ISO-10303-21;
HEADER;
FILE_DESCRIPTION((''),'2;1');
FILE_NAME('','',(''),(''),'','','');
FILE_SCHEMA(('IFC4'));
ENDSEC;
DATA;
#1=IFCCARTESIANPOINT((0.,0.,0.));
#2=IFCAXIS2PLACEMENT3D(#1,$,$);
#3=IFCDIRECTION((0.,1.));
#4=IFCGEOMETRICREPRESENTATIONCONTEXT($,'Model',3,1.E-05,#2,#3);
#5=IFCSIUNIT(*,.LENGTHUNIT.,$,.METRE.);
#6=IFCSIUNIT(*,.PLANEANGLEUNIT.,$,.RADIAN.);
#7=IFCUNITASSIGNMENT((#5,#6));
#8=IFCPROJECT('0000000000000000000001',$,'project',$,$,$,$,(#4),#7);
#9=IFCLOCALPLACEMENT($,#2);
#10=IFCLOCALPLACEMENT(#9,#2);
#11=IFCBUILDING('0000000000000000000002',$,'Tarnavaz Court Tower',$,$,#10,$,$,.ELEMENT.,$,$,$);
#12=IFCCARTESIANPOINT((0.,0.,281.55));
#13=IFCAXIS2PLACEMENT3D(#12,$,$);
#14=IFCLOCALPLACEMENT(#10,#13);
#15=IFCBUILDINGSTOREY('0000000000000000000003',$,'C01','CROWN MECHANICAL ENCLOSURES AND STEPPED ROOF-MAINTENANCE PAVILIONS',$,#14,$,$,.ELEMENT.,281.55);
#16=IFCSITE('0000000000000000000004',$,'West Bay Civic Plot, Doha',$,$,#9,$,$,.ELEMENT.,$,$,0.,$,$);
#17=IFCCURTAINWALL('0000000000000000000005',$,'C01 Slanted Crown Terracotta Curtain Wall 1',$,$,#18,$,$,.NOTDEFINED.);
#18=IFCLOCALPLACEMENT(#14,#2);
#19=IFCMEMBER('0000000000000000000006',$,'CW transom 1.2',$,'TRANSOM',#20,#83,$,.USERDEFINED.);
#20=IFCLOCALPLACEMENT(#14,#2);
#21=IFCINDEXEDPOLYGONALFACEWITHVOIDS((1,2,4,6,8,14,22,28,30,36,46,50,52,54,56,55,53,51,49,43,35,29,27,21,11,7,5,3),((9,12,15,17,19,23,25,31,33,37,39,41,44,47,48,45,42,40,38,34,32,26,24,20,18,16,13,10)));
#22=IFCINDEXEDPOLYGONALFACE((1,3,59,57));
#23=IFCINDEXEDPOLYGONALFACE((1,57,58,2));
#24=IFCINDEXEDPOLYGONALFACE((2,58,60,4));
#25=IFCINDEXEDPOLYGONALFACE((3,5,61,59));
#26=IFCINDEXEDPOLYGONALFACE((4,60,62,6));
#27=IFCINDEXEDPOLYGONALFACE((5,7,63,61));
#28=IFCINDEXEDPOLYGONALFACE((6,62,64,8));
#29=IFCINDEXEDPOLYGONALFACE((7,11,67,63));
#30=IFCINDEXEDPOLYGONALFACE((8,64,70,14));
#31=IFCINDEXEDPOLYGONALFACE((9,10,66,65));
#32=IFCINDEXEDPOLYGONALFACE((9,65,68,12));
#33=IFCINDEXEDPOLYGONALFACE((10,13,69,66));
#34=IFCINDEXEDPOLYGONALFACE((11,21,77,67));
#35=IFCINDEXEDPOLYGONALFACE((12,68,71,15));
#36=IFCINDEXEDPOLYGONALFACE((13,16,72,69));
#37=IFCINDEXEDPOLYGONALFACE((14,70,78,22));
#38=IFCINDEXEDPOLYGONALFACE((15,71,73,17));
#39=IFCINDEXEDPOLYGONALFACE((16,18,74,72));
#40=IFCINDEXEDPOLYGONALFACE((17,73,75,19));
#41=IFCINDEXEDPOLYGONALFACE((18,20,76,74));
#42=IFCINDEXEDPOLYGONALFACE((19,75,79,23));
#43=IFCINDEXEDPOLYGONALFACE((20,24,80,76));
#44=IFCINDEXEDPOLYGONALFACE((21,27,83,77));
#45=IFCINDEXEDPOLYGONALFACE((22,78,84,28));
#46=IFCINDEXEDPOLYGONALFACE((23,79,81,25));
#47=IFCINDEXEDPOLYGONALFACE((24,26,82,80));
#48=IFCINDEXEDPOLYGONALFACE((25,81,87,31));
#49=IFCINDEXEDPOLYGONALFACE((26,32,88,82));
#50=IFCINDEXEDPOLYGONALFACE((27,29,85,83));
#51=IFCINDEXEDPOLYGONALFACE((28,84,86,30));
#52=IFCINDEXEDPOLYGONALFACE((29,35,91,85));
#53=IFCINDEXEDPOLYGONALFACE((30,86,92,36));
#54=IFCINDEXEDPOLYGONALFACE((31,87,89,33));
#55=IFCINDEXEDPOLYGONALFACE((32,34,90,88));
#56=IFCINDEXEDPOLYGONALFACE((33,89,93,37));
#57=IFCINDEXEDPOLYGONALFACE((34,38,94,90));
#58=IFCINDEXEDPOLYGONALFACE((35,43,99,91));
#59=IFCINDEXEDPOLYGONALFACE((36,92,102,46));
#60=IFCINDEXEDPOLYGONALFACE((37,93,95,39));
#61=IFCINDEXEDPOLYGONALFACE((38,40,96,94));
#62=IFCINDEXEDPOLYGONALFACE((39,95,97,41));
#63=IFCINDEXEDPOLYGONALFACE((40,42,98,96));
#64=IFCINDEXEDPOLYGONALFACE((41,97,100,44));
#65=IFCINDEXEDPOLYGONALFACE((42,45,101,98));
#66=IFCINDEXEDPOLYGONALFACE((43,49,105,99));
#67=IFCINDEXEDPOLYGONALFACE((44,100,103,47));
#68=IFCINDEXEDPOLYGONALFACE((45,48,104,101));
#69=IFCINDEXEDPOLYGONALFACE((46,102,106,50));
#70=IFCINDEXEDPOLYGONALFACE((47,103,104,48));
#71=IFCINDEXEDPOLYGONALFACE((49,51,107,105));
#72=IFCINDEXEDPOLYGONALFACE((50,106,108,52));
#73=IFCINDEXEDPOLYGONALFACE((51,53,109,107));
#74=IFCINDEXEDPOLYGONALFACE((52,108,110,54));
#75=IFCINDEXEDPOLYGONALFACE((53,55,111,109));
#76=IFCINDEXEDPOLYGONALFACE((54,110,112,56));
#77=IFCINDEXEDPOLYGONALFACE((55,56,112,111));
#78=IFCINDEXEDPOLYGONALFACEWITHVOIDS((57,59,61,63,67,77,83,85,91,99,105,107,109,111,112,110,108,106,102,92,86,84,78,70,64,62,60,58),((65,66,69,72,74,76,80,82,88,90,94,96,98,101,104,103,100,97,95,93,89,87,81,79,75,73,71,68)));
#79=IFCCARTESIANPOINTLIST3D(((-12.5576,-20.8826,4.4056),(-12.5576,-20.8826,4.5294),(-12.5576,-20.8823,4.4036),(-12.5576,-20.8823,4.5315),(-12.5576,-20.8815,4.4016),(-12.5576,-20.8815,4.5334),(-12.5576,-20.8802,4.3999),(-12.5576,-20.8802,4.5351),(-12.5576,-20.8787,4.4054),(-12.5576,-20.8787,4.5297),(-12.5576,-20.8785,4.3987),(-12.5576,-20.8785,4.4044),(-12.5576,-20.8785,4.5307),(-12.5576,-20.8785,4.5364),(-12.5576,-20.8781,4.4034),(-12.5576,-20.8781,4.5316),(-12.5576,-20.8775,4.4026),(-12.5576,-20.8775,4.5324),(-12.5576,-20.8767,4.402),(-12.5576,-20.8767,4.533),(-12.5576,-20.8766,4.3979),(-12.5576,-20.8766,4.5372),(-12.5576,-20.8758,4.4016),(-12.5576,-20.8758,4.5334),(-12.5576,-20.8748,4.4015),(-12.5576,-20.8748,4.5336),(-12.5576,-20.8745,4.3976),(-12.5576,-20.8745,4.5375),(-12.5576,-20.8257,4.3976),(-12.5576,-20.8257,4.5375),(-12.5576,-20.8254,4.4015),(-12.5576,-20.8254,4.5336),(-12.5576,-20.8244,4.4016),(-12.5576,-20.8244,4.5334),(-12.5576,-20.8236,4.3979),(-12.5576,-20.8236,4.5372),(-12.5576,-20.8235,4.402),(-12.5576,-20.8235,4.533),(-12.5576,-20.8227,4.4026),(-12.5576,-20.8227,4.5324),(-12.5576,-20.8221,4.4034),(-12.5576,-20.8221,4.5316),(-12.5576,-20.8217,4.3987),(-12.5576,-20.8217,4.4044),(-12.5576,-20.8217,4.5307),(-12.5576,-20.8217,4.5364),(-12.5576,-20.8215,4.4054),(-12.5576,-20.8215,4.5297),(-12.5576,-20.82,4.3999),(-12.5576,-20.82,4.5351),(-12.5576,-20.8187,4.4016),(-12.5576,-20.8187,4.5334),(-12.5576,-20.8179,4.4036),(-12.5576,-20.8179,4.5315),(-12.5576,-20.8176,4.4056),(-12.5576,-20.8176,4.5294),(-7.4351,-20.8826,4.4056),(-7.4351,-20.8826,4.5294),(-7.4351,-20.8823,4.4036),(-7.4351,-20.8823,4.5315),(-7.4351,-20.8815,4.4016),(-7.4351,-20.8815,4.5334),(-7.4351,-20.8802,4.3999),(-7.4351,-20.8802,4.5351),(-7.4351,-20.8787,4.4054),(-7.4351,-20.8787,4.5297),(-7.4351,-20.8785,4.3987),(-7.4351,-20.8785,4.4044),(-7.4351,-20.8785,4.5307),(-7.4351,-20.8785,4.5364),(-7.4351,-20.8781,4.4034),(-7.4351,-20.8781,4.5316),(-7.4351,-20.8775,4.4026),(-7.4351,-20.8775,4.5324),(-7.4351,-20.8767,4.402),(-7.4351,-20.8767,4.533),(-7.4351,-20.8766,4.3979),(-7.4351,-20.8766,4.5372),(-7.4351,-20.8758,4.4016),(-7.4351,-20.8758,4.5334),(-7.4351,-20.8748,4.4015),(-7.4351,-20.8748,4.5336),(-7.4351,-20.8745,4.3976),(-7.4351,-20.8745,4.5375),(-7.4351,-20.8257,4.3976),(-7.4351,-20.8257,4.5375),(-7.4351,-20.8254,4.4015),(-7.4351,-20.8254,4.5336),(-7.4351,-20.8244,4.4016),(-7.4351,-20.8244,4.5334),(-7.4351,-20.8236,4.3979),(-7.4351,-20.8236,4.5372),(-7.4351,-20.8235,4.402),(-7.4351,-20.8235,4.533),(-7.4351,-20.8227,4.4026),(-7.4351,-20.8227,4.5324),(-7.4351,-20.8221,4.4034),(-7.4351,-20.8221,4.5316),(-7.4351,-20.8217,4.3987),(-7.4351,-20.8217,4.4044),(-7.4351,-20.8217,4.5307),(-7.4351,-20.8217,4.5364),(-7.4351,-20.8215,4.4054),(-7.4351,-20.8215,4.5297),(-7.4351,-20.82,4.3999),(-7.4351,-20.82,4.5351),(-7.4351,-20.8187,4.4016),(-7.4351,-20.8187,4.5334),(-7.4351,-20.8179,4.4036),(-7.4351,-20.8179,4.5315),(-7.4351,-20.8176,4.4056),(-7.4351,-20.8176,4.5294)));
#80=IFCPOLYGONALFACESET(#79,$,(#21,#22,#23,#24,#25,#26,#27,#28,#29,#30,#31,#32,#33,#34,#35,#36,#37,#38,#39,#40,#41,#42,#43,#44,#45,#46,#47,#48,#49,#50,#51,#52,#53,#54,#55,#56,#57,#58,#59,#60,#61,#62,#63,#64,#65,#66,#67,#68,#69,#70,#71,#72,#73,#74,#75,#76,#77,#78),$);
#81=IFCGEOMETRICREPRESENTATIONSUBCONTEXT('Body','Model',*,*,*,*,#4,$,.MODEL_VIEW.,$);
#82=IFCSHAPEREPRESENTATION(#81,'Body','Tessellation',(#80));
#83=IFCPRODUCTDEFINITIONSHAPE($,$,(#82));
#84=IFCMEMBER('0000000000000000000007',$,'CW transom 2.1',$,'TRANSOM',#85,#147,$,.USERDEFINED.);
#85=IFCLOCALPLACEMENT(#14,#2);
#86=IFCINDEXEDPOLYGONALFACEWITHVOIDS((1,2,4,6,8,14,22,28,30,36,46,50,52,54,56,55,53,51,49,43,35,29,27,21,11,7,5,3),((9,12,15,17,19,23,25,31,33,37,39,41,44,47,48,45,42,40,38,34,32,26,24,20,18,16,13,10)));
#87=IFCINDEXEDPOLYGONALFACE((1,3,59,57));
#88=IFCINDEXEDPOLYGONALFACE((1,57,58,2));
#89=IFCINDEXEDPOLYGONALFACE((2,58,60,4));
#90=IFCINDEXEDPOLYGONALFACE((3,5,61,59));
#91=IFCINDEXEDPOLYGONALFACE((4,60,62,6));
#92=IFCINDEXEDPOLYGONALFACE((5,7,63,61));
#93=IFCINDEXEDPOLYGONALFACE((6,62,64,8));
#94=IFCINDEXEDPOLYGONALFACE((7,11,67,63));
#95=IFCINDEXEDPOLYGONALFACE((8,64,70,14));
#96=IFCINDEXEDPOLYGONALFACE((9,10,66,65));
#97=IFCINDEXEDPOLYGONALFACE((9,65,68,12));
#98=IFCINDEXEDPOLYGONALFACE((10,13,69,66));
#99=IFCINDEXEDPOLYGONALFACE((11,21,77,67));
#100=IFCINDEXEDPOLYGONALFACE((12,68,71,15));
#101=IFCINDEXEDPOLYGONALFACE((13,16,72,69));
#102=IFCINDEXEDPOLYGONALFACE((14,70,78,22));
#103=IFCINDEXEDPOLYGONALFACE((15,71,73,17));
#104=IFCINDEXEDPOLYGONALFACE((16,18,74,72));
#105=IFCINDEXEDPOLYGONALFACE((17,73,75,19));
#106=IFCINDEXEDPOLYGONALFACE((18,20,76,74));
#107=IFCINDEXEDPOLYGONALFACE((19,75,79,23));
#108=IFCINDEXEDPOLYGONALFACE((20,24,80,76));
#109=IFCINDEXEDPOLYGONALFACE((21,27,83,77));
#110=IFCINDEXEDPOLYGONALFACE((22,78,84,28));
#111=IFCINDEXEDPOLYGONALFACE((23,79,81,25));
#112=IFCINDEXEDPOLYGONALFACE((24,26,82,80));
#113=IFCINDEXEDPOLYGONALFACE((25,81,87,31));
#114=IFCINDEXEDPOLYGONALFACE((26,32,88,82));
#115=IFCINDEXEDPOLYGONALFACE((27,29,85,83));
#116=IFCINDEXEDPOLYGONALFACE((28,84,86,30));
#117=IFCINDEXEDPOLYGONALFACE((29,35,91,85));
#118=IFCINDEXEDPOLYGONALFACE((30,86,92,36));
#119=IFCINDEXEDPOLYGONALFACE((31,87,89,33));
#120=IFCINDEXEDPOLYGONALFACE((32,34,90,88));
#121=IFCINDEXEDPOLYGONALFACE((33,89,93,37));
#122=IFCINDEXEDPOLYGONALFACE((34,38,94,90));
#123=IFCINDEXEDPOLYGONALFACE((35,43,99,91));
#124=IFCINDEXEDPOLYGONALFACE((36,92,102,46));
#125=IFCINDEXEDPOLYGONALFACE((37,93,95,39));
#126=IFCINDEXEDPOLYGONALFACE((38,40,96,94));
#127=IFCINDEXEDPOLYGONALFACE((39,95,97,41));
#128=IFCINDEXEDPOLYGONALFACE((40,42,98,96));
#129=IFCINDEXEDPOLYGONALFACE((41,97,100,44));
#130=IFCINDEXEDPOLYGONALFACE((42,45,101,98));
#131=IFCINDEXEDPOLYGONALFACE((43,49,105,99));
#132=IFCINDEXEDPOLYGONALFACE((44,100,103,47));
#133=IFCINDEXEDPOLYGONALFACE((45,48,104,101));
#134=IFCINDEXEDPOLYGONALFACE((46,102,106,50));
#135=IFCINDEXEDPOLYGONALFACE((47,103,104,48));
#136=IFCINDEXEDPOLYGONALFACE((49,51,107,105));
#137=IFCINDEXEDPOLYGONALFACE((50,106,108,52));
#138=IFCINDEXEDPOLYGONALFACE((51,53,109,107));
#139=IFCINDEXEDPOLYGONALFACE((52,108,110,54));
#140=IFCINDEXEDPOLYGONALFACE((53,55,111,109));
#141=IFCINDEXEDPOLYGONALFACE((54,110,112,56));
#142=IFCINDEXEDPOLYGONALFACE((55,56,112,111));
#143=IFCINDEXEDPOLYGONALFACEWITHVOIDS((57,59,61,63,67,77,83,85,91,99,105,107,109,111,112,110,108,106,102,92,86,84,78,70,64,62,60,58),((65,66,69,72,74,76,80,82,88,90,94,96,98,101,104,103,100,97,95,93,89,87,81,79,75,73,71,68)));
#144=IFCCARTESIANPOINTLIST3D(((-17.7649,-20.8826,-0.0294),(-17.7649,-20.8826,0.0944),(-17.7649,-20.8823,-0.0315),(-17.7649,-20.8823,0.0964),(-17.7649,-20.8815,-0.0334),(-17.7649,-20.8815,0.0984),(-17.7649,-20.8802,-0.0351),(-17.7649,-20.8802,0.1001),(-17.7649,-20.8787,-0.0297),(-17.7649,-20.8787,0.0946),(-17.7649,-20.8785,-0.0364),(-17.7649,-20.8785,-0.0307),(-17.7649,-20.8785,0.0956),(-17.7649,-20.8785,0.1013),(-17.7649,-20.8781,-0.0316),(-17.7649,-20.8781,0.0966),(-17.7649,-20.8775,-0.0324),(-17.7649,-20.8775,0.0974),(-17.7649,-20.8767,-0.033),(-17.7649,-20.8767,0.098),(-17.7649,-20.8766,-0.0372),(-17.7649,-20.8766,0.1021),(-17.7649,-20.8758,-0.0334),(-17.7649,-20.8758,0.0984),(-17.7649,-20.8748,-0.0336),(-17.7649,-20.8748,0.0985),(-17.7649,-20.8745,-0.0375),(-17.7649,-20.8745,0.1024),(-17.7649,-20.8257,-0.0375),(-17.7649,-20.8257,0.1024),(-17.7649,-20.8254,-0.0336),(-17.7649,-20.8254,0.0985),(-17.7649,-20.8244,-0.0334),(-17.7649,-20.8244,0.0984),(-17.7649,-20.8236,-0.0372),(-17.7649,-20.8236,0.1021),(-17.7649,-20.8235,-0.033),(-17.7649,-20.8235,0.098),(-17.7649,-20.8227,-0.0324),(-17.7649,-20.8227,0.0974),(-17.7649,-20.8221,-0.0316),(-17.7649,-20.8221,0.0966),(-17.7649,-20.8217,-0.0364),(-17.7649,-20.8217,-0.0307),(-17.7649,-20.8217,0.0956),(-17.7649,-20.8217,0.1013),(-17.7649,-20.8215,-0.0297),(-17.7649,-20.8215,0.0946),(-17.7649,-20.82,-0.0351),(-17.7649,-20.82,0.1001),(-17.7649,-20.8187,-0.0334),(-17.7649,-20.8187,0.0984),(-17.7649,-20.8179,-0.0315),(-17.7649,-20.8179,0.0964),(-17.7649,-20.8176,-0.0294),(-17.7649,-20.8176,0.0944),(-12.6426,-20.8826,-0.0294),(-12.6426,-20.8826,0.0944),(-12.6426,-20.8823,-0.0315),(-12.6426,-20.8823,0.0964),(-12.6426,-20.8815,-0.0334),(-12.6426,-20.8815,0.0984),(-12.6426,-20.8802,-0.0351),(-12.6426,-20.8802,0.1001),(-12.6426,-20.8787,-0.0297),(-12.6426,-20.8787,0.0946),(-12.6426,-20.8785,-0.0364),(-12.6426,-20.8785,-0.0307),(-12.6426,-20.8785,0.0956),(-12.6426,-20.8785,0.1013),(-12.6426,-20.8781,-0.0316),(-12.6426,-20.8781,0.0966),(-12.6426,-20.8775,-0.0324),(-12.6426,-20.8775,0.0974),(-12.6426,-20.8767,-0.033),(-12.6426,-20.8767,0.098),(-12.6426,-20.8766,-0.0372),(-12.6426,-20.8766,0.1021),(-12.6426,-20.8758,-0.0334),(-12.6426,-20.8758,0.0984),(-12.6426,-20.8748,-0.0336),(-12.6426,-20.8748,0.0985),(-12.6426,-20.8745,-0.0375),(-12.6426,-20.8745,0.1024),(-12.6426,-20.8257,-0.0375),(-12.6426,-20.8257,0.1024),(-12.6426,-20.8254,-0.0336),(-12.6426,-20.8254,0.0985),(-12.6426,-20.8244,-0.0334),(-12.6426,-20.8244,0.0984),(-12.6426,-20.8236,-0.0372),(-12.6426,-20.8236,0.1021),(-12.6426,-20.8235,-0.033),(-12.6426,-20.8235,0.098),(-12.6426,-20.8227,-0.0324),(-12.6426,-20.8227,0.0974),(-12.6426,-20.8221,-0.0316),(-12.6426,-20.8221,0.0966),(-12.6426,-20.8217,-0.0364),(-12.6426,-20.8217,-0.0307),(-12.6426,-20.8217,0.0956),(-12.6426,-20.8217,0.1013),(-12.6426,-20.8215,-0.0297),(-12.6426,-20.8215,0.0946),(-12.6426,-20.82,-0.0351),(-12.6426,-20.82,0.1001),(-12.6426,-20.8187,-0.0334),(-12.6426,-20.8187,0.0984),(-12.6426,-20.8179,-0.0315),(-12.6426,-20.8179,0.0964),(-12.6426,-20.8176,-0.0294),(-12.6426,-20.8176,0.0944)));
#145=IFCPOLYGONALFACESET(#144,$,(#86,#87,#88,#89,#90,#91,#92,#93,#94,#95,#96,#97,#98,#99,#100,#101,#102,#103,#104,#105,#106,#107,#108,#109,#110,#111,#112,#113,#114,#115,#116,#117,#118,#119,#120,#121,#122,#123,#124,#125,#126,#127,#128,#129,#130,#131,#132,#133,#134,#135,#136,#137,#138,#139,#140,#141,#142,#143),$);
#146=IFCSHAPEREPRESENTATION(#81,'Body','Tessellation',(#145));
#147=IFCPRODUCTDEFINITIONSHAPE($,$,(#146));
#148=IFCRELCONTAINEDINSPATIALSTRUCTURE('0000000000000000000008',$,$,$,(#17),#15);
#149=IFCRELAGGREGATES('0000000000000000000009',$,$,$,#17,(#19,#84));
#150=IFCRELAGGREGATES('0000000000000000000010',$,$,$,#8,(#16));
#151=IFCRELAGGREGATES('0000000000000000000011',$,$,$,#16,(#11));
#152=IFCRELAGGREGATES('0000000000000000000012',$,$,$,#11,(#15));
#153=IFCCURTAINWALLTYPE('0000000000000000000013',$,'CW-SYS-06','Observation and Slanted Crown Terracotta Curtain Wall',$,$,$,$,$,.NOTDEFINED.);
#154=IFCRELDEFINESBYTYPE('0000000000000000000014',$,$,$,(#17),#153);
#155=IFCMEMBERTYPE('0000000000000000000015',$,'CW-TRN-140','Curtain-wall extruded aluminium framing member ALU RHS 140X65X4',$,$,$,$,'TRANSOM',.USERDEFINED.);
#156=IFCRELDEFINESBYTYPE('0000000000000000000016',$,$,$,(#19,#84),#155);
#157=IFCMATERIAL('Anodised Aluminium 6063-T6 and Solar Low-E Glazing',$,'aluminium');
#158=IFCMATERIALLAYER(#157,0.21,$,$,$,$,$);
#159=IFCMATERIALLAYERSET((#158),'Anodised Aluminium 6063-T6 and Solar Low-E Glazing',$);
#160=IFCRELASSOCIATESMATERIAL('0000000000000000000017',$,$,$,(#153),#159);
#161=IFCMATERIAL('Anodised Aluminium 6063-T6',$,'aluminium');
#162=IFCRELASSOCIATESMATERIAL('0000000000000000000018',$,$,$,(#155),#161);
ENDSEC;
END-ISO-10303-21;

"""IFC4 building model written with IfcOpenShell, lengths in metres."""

from ifc_helpers import new_model, si_unit, direction, frame, origin, origin_2d, place, context, subcontext, project, spatial, hollow_rectangle, extrude, material, layer, layer_set, material_profile, profile_set, type_object, element, aggregate, save


model = new_model("IFC4")

# Units and contexts
model_context = context("Model", 3, precision=1e-05, world=origin(), true_north=direction((0.0, 1.0)))
body_context = subcontext(model_context, "Body", "Model", "MODEL_VIEW")
ifc_project = project(units=[si_unit("LENGTHUNIT", "METRE"), si_unit("PLANEANGLEUNIT", "RADIAN")], contexts=[model_context])

# Site, building, storey
site_placement = place(None, origin())
site = spatial("IfcSite", under=ifc_project, at=site_placement, Name="West Bay Civic Plot, Doha", CompositionType="ELEMENT", RefElevation=0.0)
building_placement = place(site_placement, origin())
building = spatial("IfcBuilding", under=site, at=building_placement, Name="Tarnavaz Court Tower", CompositionType="ELEMENT")
storey_placement = place(building_placement, frame((0.0, 0.0, 281.55)))
storey = spatial("IfcBuildingStorey", under=building, at=storey_placement, Name="C01", Description="CROWN MECHANICAL ENCLOSURES AND STEPPED ROOF-MAINTENANCE PAVILIONS", CompositionType="ELEMENT", Elevation=281.55)

# Curtain wall
ifc_material_1 = material(Name="Anodised Aluminium 6063-T6 and Solar Low-E Glazing", Category="aluminium")
ifc_layer_1 = layer(ifc_material_1, 0.21)
ifc_layer_set_1 = layer_set([ifc_layer_1], Name="Anodised Aluminium 6063-T6 and Solar Low-E Glazing")
curtain_wall_type = type_object("IfcCurtainWallType", Name="CW-SYS-06", Description="Observation and Slanted Crown Terracotta Curtain Wall", PredefinedType="NOTDEFINED", material=ifc_layer_set_1)
curtain_wall_1_placement = place(storey_placement, origin())
curtain_wall_1 = element("IfcCurtainWall", 1, at=curtain_wall_1_placement, inside=storey, type_object=curtain_wall_type, Name="C01 Slanted Crown Terracotta Curtain Wall 1", PredefinedType="NOTDEFINED")
ifc_material_2 = material(Name="Anodised Aluminium 6063-T6", Category="aluminium")

# Members
ifc_material_profile_1 = material_profile(ifc_material_2, hollow_rectangle(XDim=0.0649, YDim=0.1399, WallThickness=0.0039, InnerFilletRadius=0.0039, OuterFilletRadius=0.0081, at=origin_2d()), Name="ALU RHS 140X65X4")
ifc_profile_set_1 = profile_set([ifc_material_profile_1], Name="Anodised Aluminium 6063-T6")
member_type_1 = type_object("IfcMemberType", Name="CW-TRN-140", Description="Curtain-wall extruded aluminium framing member ALU RHS 140X65X4", ElementType="TRANSOM", PredefinedType="USERDEFINED", material=ifc_profile_set_1)
member_1_placement = place(storey_placement, frame((-7.4351, -20.8501, 4.4675), z_axis=(-1.0, 0.0, 0.0), x_axis=(0.0, -1.0, 0.0)))
member_1 = element("IfcMember", 2, at=member_1_placement, type_object=member_type_1, Name="CW transom 1.2", ObjectType="TRANSOM", PredefinedType="USERDEFINED", context=body_context, shape_type="SweptSolid", body=[
    extrude(hollow_rectangle(XDim=0.0649, YDim=0.1399, WallThickness=0.0039, InnerFilletRadius=0.0039, OuterFilletRadius=0.0081, at=origin_2d()), origin(), (0.0, 0.0, 1.0), 5.1226),
])
member_2_placement = place(storey_placement, frame((-12.6426, -20.8501, 0.0325), z_axis=(-1.0, 0.0, 0.0), x_axis=(0.0, -1.0, 0.0)))
member_2 = element("IfcMember", 3, at=member_2_placement, type_object=member_type_1, Name="CW transom 2.1", ObjectType="TRANSOM", PredefinedType="USERDEFINED", context=body_context, shape_type="SweptSolid", body=[
    extrude(hollow_rectangle(XDim=0.0649, YDim=0.1399, WallThickness=0.0039, InnerFilletRadius=0.0039, OuterFilletRadius=0.0081, at=origin_2d()), origin(), (0.0, 0.0, 1.0), 5.1223),
])

aggregate(curtain_wall_1, [member_1, member_2])

save(model, "model.ifc")
